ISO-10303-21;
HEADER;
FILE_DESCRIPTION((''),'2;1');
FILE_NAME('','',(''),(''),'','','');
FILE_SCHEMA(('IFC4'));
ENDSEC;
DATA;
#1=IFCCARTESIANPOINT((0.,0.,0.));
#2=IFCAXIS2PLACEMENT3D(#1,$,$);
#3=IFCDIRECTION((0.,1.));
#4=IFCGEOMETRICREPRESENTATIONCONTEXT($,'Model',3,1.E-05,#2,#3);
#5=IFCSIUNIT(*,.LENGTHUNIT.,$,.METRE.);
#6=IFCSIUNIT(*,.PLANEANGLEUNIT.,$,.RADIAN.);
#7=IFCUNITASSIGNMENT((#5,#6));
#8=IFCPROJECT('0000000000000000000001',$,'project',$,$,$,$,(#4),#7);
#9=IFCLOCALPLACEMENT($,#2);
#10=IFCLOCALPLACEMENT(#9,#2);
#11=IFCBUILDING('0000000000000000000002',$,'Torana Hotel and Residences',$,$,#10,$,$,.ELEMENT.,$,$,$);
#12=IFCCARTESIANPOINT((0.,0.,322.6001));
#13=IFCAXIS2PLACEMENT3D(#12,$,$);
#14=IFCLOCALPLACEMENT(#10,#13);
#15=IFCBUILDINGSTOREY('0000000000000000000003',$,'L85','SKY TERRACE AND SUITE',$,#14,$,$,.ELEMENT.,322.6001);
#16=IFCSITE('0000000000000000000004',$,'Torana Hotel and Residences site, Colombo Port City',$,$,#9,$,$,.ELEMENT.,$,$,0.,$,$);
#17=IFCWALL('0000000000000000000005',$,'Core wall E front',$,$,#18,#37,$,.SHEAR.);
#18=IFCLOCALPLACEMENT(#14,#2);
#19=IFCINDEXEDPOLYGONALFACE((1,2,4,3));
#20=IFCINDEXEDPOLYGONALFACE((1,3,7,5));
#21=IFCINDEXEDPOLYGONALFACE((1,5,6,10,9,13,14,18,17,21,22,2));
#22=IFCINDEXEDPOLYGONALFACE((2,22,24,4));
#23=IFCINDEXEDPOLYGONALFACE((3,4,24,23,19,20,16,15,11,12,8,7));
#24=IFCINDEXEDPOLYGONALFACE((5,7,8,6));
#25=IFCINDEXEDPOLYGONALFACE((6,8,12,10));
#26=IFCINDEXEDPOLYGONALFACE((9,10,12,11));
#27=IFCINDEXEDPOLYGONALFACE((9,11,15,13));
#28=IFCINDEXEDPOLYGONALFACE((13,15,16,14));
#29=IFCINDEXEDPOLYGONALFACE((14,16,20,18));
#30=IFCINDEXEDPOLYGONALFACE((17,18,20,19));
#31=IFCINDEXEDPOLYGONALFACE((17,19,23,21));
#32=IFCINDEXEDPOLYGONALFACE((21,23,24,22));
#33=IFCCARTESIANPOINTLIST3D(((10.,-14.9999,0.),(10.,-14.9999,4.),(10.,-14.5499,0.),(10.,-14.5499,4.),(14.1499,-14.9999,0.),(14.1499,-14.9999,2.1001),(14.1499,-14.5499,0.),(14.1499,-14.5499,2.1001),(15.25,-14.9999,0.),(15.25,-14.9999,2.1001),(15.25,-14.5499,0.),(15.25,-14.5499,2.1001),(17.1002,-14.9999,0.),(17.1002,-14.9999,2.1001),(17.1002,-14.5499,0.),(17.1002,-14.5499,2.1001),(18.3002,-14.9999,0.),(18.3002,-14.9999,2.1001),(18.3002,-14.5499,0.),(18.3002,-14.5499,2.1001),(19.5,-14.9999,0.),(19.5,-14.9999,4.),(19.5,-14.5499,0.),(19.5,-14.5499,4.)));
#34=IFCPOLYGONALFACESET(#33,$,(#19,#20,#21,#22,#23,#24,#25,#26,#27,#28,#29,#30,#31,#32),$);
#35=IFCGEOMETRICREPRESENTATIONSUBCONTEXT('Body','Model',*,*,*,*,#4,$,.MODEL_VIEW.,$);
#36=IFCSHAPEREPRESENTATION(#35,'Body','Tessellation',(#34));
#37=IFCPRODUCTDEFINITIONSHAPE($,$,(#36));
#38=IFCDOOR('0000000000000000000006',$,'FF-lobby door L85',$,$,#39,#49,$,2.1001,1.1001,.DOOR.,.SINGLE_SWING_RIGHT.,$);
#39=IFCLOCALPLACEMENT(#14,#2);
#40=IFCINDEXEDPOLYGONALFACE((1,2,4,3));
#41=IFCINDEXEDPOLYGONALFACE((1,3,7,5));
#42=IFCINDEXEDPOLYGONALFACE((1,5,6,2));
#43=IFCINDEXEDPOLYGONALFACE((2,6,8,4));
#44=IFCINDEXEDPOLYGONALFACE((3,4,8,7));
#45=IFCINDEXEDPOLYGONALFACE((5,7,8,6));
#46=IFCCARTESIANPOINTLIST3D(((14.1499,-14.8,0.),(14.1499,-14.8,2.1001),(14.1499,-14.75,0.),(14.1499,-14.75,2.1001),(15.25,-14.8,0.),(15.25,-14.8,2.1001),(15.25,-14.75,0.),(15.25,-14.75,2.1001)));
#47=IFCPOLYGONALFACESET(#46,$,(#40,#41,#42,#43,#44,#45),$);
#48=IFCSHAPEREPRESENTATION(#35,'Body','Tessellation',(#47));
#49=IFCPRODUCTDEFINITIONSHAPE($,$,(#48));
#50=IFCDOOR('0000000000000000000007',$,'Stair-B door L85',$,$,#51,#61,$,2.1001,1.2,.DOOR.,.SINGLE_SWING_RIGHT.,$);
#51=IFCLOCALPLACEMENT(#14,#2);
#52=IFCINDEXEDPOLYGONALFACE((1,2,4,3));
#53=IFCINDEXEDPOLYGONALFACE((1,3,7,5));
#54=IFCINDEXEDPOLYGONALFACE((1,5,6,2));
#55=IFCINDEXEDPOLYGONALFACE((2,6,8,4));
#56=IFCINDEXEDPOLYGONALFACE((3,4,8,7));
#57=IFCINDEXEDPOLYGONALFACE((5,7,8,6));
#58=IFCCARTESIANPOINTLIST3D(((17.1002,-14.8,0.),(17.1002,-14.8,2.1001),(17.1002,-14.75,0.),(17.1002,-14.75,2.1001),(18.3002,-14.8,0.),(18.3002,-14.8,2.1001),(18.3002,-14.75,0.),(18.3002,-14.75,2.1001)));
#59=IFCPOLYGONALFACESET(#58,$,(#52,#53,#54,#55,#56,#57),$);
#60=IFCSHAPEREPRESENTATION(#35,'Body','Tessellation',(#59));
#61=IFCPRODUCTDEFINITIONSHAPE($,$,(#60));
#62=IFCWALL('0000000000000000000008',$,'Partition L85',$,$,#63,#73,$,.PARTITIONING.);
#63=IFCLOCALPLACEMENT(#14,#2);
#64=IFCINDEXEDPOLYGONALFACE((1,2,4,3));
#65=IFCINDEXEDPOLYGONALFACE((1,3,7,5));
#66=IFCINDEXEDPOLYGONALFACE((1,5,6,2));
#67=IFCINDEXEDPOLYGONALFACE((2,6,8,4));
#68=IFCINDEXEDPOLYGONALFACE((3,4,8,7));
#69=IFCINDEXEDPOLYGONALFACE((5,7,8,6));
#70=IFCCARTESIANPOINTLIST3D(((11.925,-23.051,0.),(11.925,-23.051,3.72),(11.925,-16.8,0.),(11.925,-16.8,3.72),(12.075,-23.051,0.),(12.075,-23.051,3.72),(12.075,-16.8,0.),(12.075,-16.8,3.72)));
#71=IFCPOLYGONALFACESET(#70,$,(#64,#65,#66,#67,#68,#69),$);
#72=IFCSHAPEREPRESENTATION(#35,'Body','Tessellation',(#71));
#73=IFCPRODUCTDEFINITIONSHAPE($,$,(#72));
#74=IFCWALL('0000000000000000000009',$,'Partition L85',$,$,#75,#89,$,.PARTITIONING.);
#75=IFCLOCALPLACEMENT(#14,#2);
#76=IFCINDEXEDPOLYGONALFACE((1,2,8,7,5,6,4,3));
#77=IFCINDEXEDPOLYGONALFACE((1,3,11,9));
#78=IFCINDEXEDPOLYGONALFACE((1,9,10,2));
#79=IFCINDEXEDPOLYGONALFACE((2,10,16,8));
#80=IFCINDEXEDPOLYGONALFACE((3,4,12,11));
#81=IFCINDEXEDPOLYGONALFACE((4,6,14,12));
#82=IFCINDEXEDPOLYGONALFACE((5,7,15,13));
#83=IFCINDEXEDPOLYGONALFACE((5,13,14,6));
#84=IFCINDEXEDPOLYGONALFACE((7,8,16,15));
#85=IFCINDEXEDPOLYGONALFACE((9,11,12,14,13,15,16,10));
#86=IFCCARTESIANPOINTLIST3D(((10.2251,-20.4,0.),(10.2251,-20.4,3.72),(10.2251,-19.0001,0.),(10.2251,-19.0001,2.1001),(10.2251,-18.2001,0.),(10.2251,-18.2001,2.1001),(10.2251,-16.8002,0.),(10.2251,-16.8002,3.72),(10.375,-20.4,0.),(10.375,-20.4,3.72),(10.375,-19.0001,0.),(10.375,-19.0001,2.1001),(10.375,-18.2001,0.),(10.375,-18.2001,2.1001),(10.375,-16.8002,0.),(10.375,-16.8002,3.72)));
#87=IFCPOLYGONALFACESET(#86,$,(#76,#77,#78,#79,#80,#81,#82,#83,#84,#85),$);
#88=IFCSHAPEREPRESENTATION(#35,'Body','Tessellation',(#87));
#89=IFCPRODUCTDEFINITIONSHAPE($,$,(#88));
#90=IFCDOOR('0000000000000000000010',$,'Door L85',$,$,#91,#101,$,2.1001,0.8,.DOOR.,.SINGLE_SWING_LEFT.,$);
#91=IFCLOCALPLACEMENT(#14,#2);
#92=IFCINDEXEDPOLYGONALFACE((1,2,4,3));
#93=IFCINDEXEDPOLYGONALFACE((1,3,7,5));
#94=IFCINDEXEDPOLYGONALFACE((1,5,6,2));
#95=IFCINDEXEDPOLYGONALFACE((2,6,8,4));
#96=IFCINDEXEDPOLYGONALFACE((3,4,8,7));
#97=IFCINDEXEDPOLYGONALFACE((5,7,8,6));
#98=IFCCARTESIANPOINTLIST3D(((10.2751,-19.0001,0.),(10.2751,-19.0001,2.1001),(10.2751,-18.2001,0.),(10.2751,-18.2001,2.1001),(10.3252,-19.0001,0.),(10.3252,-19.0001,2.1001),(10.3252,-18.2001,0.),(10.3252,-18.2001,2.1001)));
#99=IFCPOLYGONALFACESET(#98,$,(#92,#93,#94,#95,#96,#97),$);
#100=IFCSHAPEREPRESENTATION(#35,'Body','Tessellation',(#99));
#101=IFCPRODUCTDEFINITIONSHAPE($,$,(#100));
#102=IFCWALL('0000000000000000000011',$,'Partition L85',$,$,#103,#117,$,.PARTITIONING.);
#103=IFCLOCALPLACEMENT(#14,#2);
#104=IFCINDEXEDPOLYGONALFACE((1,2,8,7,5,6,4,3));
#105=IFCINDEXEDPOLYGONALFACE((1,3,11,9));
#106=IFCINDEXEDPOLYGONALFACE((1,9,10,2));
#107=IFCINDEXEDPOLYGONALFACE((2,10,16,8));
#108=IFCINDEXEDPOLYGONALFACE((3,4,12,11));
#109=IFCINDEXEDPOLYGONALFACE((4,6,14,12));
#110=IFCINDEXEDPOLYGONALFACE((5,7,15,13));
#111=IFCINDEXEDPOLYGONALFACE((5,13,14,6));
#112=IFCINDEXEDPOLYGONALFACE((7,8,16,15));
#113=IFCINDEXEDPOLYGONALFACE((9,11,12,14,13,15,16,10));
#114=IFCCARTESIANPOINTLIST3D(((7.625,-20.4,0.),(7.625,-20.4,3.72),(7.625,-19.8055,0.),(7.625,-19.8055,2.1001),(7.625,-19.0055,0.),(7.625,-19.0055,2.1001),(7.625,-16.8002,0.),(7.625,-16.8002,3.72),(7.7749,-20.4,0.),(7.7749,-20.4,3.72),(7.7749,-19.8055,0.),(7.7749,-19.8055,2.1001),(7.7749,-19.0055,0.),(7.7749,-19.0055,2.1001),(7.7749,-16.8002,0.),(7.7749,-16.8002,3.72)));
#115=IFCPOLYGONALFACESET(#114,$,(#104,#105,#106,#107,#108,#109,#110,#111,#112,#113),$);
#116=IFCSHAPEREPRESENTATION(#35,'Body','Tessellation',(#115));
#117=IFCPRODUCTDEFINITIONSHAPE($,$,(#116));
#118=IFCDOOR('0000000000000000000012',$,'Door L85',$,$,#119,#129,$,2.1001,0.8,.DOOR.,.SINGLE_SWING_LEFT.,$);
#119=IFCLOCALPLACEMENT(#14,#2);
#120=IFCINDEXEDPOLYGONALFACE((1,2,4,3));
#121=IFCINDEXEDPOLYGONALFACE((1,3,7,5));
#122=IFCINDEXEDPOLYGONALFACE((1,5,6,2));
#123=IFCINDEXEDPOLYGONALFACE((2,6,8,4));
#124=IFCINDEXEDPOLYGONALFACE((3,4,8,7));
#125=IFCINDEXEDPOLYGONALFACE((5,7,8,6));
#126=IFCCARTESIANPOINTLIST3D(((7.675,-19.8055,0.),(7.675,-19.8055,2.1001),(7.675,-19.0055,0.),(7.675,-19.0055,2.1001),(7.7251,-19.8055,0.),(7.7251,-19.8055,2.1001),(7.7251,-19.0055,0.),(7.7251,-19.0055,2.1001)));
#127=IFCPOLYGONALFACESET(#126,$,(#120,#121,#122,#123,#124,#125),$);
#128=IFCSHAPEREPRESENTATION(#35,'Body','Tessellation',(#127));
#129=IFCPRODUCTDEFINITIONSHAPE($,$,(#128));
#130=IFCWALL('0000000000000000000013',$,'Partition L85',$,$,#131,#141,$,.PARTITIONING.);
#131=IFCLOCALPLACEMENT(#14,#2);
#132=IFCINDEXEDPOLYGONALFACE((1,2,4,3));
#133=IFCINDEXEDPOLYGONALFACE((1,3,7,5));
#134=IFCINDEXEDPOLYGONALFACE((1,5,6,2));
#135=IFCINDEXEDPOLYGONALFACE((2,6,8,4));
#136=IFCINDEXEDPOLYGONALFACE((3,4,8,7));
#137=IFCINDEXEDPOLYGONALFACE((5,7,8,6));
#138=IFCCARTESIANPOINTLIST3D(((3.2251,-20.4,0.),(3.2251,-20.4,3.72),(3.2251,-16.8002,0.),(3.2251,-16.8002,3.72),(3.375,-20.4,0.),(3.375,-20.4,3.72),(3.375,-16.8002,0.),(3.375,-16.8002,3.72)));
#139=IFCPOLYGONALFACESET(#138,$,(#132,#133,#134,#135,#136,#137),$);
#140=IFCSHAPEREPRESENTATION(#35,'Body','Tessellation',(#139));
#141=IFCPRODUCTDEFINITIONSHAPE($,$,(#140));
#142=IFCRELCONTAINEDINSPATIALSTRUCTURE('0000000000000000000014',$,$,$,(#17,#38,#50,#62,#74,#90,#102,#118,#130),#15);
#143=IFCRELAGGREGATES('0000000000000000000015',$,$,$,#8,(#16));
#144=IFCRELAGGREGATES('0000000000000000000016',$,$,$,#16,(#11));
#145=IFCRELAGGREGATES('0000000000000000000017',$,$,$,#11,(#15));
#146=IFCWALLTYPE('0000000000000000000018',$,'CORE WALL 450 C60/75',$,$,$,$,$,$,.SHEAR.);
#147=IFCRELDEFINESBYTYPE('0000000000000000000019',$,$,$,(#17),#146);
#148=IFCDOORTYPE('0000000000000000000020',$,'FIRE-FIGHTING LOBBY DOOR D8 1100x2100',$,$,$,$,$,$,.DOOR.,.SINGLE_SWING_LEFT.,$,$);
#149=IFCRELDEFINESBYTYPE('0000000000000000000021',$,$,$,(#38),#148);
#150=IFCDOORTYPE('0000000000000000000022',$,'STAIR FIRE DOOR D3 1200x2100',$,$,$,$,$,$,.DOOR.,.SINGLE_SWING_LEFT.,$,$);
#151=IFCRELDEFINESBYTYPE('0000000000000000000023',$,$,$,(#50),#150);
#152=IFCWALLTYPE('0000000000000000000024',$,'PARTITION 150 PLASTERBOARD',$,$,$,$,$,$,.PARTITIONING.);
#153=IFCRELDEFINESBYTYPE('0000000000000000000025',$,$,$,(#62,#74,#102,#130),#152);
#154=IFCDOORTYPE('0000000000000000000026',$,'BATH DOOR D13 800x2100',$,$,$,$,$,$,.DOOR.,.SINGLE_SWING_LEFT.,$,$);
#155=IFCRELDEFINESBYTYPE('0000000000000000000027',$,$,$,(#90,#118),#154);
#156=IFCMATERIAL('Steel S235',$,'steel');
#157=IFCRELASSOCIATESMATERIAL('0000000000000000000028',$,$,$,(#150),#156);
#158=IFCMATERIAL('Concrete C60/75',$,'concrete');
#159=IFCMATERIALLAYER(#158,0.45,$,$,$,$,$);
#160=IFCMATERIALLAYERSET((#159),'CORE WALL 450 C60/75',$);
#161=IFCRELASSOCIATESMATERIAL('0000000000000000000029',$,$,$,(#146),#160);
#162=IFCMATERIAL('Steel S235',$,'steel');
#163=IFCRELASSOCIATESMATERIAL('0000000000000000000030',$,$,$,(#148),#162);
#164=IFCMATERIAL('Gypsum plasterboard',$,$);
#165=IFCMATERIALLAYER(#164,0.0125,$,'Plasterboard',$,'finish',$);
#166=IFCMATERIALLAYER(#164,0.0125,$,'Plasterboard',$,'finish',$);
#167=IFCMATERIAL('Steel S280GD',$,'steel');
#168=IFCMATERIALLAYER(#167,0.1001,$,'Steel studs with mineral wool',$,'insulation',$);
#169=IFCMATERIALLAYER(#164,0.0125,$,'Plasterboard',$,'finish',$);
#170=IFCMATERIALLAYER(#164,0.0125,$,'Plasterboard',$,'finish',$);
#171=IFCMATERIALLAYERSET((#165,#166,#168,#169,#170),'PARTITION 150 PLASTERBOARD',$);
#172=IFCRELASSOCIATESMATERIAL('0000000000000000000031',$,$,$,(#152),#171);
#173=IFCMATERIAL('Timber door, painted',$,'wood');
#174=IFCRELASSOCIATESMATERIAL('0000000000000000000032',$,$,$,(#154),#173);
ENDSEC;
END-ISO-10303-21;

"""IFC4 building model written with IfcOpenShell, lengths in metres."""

from ifc_helpers import new_model, si_unit, direction, frame, frame_2d, origin, place, context, subcontext, project, spatial, rectangle, extrude, material, layer, layer_set, type_object, element, fill, save


model = new_model("IFC4")

# Units and contexts
model_context = context("Model", 3, precision=1e-05, world=origin(), true_north=direction((0.0, 1.0)))
body_context = subcontext(model_context, "Body", "Model", "MODEL_VIEW")
ifc_project = project(units=[si_unit("LENGTHUNIT", "METRE"), si_unit("PLANEANGLEUNIT", "RADIAN")], contexts=[model_context])

# Site, building, storey
site_placement = place(None, origin())
site = spatial("IfcSite", under=ifc_project, at=site_placement, Name="Torana Hotel and Residences site, Colombo Port City", CompositionType="ELEMENT", RefElevation=0.0)
building_placement = place(site_placement, origin())
building = spatial("IfcBuilding", under=site, at=building_placement, Name="Torana Hotel and Residences", CompositionType="ELEMENT")
storey_placement = place(building_placement, frame((0.0, 0.0, 322.6001)))
storey = spatial("IfcBuildingStorey", under=building, at=storey_placement, Name="L85", Description="SKY TERRACE AND SUITE", CompositionType="ELEMENT", Elevation=322.6001)

# Shared definitions
ifc_material_1 = material(Name="Steel S235", Category="steel")
door_type_1 = type_object("IfcDoorType", Name="STAIR FIRE DOOR D3 1200x2100", OperationType="SINGLE_SWING_LEFT", PredefinedType="DOOR", material=ifc_material_1)

# Wall, openings, doors
ifc_material_2 = material(Name="Concrete C60/75", Category="concrete")
ifc_layer_1 = layer(ifc_material_2, 0.45)
ifc_layer_set_1 = layer_set([ifc_layer_1], Name="CORE WALL 450 C60/75")
wall_type_1 = type_object("IfcWallType", Name="CORE WALL 450 C60/75", PredefinedType="SHEAR", material=ifc_layer_set_1)
wall_1_placement = place(storey_placement, frame((10.0, -14.7749, 0.0), z_axis=(0.0, 0.0, 1.0), x_axis=(1.0, 0.0, 0.0)))
wall_1 = element("IfcWall", 1, at=wall_1_placement, inside=storey, type_object=wall_type_1, Name="Core wall E front", PredefinedType="SHEAR", context=body_context, shape_type="SweptSolid", body=[
    extrude(rectangle(XDim=9.5, YDim=0.45, at=frame_2d((4.75, 0.0))), origin(), (0.0, 0.0, 1.0), 4.0),
])
opening_1_placement = place(wall_1_placement, frame((7.1001, 0.0, 0.0)))
opening_1 = element("IfcOpeningElement", 2, at=opening_1_placement, cuts=wall_1, PredefinedType="OPENING", context=body_context, shape_type="SweptSolid", body=[
    extrude(rectangle(XDim=1.2, YDim=2.1001, at=frame_2d((0.6001, 1.05))), frame((0.0, 0.2349, 0.0), z_axis=(0.0, -1.0, 0.0), x_axis=(1.0, 0.0, 0.0)), (0.0, 0.0, 1.0), 0.47),
])
opening_2_placement = place(wall_1_placement, frame((4.1499, 0.0, 0.0)))
opening_2 = element("IfcOpeningElement", 3, at=opening_2_placement, cuts=wall_1, PredefinedType="OPENING", context=body_context, shape_type="SweptSolid", body=[
    extrude(rectangle(XDim=1.1001, YDim=2.1001, at=frame_2d((0.55, 1.05))), frame((0.0, 0.2349, 0.0), z_axis=(0.0, -1.0, 0.0), x_axis=(1.0, 0.0, 0.0)), (0.0, 0.0, 1.0), 0.47),
])
ifc_material_3 = material(Name="Steel S235", Category="steel")
door_type_2 = type_object("IfcDoorType", Name="FIRE-FIGHTING LOBBY DOOR D8 1100x2100", OperationType="SINGLE_SWING_LEFT", PredefinedType="DOOR", material=ifc_material_3)
door_1_placement = place(opening_2_placement, origin())
door_1 = element("IfcDoor", 4, at=door_1_placement, inside=storey, type_object=door_type_2, Name="FF-lobby door L85", OperationType="SINGLE_SWING_RIGHT", OverallHeight=2.1001, OverallWidth=1.1001, PredefinedType="DOOR", context=body_context, shape_type="SweptSolid", body=[
    extrude(rectangle(XDim=1.1001, YDim=2.1001, at=frame_2d((0.55, 1.05))), frame((0.0, 0.0249, 0.0), z_axis=(0.0, -1.0, 0.0), x_axis=(1.0, 0.0, 0.0)), (0.0, 0.0, 1.0), 0.05),
])
fill(opening_2, door_1)
door_2_placement = place(opening_1_placement, origin())
door_2 = element("IfcDoor", 5, at=door_2_placement, inside=storey, type_object=door_type_1, Name="Stair-B door L85", OperationType="SINGLE_SWING_RIGHT", OverallHeight=2.1001, OverallWidth=1.2, PredefinedType="DOOR", context=body_context, shape_type="SweptSolid", body=[
    extrude(rectangle(XDim=1.2, YDim=2.1001, at=frame_2d((0.6001, 1.05))), frame((0.0, 0.0249, 0.0), z_axis=(0.0, -1.0, 0.0), x_axis=(1.0, 0.0, 0.0)), (0.0, 0.0, 1.0), 0.05),
])
fill(opening_1, door_2)

# Wall
ifc_material_4 = material(Name="Gypsum plasterboard")
ifc_layer_2 = layer(ifc_material_4, 0.0125, Name="Plasterboard", Category="finish")
ifc_layer_3 = layer(ifc_material_4, 0.0125, Name="Plasterboard", Category="finish")
ifc_material_5 = material(Name="Steel S280GD", Category="steel")
ifc_layer_4 = layer(ifc_material_5, 0.1001, Name="Steel studs with mineral wool", Category="insulation")
ifc_layer_5 = layer(ifc_material_4, 0.0125, Name="Plasterboard", Category="finish")
ifc_layer_6 = layer(ifc_material_4, 0.0125, Name="Plasterboard", Category="finish")
ifc_layer_set_2 = layer_set([ifc_layer_2, ifc_layer_3, ifc_layer_4, ifc_layer_5, ifc_layer_6], Name="PARTITION 150 PLASTERBOARD")
wall_type_2 = type_object("IfcWallType", Name="PARTITION 150 PLASTERBOARD", PredefinedType="PARTITIONING", material=ifc_layer_set_2)
wall_2_placement = place(storey_placement, frame((12.0, -23.051, 0.0), z_axis=(0.0, 0.0, 1.0), x_axis=(0.0, 1.0, 0.0)))
element("IfcWall", 6, at=wall_2_placement, inside=storey, type_object=wall_type_2, Name="Partition L85", PredefinedType="PARTITIONING", context=body_context, shape_type="SweptSolid", body=[
    extrude(rectangle(XDim=6.251, YDim=0.1499, at=frame_2d((3.1255, 0.0))), origin(), (0.0, 0.0, 1.0), 3.72),
])

# Walls, openings, doors
wall_3_placement = place(storey_placement, frame((10.3, -20.3999, 0.0), z_axis=(0.0, 0.0, 1.0), x_axis=(0.0, 1.0, 0.0)))
wall_3 = element("IfcWall", 7, at=wall_3_placement, inside=storey, type_object=wall_type_2, Name="Partition L85", PredefinedType="PARTITIONING", context=body_context, shape_type="SweptSolid", body=[
    extrude(rectangle(XDim=3.5999, YDim=0.1499, at=frame_2d((1.7998, 0.0))), origin(), (0.0, 0.0, 1.0), 3.72),
])
opening_3_placement = place(wall_3_placement, frame((1.3999, 0.0, 0.0)))
opening_3 = element("IfcOpeningElement", 8, at=opening_3_placement, cuts=wall_3, PredefinedType="OPENING", context=body_context, shape_type="SweptSolid", body=[
    extrude(rectangle(XDim=0.8, YDim=2.1001, at=frame_2d((0.3999, 1.05))), frame((0.0, 0.085, 0.0), z_axis=(0.0, -1.0, 0.0), x_axis=(1.0, 0.0, 0.0)), (0.0, 0.0, 1.0), 0.1699),
])
ifc_material_6 = material(Name="Timber door, painted", Category="wood")
door_type_3 = type_object("IfcDoorType", Name="BATH DOOR D13 800x2100", OperationType="SINGLE_SWING_LEFT", PredefinedType="DOOR", material=ifc_material_6)
door_3_placement = place(opening_3_placement, origin())
door_3 = element("IfcDoor", 9, at=door_3_placement, inside=storey, type_object=door_type_3, Name="Door L85", OperationType="SINGLE_SWING_LEFT", OverallHeight=2.1001, OverallWidth=0.8, PredefinedType="DOOR", context=body_context, shape_type="SweptSolid", body=[
    extrude(rectangle(XDim=0.8, YDim=2.1001, at=frame_2d((0.3999, 1.05))), frame((0.0, 0.0249, 0.0), z_axis=(0.0, -1.0, 0.0), x_axis=(1.0, 0.0, 0.0)), (0.0, 0.0, 1.0), 0.05),
])
fill(opening_3, door_3)
wall_4_placement = place(storey_placement, frame((7.7, -20.3999, 0.0), z_axis=(0.0, 0.0, 1.0), x_axis=(0.0, 1.0, 0.0)))
wall_4 = element("IfcWall", 10, at=wall_4_placement, inside=storey, type_object=wall_type_2, Name="Partition L85", PredefinedType="PARTITIONING", context=body_context, shape_type="SweptSolid", body=[
    extrude(rectangle(XDim=3.5999, YDim=0.1499, at=frame_2d((1.7998, 0.0))), origin(), (0.0, 0.0, 1.0), 3.72),
])
opening_4_placement = place(wall_4_placement, frame((0.5945, 0.0, 0.0)))
opening_4 = element("IfcOpeningElement", 11, at=opening_4_placement, cuts=wall_4, PredefinedType="OPENING", context=body_context, shape_type="SweptSolid", body=[
    extrude(rectangle(XDim=0.8, YDim=2.1001, at=frame_2d((0.3999, 1.05))), frame((0.0, 0.085, 0.0), z_axis=(0.0, -1.0, 0.0), x_axis=(1.0, 0.0, 0.0)), (0.0, 0.0, 1.0), 0.1699),
])
door_4_placement = place(opening_4_placement, origin())
door_4 = element("IfcDoor", 12, at=door_4_placement, inside=storey, type_object=door_type_3, Name="Door L85", OperationType="SINGLE_SWING_LEFT", OverallHeight=2.1001, OverallWidth=0.8, PredefinedType="DOOR", context=body_context, shape_type="SweptSolid", body=[
    extrude(rectangle(XDim=0.8, YDim=2.1001, at=frame_2d((0.3999, 1.05))), frame((0.0, 0.0249, 0.0), z_axis=(0.0, -1.0, 0.0), x_axis=(1.0, 0.0, 0.0)), (0.0, 0.0, 1.0), 0.05),
])
fill(opening_4, door_4)

# Wall
wall_5_placement = place(storey_placement, frame((3.3, -20.3999, 0.0), z_axis=(0.0, 0.0, 1.0), x_axis=(0.0, 1.0, 0.0)))
element("IfcWall", 13, at=wall_5_placement, inside=storey, type_object=wall_type_2, Name="Partition L85", PredefinedType="PARTITIONING", context=body_context, shape_type="SweptSolid", body=[
    extrude(rectangle(XDim=3.5999, YDim=0.1499, at=frame_2d((1.7998, 0.0))), origin(), (0.0, 0.0, 1.0), 3.72),
])

save(model, "model.ifc")
